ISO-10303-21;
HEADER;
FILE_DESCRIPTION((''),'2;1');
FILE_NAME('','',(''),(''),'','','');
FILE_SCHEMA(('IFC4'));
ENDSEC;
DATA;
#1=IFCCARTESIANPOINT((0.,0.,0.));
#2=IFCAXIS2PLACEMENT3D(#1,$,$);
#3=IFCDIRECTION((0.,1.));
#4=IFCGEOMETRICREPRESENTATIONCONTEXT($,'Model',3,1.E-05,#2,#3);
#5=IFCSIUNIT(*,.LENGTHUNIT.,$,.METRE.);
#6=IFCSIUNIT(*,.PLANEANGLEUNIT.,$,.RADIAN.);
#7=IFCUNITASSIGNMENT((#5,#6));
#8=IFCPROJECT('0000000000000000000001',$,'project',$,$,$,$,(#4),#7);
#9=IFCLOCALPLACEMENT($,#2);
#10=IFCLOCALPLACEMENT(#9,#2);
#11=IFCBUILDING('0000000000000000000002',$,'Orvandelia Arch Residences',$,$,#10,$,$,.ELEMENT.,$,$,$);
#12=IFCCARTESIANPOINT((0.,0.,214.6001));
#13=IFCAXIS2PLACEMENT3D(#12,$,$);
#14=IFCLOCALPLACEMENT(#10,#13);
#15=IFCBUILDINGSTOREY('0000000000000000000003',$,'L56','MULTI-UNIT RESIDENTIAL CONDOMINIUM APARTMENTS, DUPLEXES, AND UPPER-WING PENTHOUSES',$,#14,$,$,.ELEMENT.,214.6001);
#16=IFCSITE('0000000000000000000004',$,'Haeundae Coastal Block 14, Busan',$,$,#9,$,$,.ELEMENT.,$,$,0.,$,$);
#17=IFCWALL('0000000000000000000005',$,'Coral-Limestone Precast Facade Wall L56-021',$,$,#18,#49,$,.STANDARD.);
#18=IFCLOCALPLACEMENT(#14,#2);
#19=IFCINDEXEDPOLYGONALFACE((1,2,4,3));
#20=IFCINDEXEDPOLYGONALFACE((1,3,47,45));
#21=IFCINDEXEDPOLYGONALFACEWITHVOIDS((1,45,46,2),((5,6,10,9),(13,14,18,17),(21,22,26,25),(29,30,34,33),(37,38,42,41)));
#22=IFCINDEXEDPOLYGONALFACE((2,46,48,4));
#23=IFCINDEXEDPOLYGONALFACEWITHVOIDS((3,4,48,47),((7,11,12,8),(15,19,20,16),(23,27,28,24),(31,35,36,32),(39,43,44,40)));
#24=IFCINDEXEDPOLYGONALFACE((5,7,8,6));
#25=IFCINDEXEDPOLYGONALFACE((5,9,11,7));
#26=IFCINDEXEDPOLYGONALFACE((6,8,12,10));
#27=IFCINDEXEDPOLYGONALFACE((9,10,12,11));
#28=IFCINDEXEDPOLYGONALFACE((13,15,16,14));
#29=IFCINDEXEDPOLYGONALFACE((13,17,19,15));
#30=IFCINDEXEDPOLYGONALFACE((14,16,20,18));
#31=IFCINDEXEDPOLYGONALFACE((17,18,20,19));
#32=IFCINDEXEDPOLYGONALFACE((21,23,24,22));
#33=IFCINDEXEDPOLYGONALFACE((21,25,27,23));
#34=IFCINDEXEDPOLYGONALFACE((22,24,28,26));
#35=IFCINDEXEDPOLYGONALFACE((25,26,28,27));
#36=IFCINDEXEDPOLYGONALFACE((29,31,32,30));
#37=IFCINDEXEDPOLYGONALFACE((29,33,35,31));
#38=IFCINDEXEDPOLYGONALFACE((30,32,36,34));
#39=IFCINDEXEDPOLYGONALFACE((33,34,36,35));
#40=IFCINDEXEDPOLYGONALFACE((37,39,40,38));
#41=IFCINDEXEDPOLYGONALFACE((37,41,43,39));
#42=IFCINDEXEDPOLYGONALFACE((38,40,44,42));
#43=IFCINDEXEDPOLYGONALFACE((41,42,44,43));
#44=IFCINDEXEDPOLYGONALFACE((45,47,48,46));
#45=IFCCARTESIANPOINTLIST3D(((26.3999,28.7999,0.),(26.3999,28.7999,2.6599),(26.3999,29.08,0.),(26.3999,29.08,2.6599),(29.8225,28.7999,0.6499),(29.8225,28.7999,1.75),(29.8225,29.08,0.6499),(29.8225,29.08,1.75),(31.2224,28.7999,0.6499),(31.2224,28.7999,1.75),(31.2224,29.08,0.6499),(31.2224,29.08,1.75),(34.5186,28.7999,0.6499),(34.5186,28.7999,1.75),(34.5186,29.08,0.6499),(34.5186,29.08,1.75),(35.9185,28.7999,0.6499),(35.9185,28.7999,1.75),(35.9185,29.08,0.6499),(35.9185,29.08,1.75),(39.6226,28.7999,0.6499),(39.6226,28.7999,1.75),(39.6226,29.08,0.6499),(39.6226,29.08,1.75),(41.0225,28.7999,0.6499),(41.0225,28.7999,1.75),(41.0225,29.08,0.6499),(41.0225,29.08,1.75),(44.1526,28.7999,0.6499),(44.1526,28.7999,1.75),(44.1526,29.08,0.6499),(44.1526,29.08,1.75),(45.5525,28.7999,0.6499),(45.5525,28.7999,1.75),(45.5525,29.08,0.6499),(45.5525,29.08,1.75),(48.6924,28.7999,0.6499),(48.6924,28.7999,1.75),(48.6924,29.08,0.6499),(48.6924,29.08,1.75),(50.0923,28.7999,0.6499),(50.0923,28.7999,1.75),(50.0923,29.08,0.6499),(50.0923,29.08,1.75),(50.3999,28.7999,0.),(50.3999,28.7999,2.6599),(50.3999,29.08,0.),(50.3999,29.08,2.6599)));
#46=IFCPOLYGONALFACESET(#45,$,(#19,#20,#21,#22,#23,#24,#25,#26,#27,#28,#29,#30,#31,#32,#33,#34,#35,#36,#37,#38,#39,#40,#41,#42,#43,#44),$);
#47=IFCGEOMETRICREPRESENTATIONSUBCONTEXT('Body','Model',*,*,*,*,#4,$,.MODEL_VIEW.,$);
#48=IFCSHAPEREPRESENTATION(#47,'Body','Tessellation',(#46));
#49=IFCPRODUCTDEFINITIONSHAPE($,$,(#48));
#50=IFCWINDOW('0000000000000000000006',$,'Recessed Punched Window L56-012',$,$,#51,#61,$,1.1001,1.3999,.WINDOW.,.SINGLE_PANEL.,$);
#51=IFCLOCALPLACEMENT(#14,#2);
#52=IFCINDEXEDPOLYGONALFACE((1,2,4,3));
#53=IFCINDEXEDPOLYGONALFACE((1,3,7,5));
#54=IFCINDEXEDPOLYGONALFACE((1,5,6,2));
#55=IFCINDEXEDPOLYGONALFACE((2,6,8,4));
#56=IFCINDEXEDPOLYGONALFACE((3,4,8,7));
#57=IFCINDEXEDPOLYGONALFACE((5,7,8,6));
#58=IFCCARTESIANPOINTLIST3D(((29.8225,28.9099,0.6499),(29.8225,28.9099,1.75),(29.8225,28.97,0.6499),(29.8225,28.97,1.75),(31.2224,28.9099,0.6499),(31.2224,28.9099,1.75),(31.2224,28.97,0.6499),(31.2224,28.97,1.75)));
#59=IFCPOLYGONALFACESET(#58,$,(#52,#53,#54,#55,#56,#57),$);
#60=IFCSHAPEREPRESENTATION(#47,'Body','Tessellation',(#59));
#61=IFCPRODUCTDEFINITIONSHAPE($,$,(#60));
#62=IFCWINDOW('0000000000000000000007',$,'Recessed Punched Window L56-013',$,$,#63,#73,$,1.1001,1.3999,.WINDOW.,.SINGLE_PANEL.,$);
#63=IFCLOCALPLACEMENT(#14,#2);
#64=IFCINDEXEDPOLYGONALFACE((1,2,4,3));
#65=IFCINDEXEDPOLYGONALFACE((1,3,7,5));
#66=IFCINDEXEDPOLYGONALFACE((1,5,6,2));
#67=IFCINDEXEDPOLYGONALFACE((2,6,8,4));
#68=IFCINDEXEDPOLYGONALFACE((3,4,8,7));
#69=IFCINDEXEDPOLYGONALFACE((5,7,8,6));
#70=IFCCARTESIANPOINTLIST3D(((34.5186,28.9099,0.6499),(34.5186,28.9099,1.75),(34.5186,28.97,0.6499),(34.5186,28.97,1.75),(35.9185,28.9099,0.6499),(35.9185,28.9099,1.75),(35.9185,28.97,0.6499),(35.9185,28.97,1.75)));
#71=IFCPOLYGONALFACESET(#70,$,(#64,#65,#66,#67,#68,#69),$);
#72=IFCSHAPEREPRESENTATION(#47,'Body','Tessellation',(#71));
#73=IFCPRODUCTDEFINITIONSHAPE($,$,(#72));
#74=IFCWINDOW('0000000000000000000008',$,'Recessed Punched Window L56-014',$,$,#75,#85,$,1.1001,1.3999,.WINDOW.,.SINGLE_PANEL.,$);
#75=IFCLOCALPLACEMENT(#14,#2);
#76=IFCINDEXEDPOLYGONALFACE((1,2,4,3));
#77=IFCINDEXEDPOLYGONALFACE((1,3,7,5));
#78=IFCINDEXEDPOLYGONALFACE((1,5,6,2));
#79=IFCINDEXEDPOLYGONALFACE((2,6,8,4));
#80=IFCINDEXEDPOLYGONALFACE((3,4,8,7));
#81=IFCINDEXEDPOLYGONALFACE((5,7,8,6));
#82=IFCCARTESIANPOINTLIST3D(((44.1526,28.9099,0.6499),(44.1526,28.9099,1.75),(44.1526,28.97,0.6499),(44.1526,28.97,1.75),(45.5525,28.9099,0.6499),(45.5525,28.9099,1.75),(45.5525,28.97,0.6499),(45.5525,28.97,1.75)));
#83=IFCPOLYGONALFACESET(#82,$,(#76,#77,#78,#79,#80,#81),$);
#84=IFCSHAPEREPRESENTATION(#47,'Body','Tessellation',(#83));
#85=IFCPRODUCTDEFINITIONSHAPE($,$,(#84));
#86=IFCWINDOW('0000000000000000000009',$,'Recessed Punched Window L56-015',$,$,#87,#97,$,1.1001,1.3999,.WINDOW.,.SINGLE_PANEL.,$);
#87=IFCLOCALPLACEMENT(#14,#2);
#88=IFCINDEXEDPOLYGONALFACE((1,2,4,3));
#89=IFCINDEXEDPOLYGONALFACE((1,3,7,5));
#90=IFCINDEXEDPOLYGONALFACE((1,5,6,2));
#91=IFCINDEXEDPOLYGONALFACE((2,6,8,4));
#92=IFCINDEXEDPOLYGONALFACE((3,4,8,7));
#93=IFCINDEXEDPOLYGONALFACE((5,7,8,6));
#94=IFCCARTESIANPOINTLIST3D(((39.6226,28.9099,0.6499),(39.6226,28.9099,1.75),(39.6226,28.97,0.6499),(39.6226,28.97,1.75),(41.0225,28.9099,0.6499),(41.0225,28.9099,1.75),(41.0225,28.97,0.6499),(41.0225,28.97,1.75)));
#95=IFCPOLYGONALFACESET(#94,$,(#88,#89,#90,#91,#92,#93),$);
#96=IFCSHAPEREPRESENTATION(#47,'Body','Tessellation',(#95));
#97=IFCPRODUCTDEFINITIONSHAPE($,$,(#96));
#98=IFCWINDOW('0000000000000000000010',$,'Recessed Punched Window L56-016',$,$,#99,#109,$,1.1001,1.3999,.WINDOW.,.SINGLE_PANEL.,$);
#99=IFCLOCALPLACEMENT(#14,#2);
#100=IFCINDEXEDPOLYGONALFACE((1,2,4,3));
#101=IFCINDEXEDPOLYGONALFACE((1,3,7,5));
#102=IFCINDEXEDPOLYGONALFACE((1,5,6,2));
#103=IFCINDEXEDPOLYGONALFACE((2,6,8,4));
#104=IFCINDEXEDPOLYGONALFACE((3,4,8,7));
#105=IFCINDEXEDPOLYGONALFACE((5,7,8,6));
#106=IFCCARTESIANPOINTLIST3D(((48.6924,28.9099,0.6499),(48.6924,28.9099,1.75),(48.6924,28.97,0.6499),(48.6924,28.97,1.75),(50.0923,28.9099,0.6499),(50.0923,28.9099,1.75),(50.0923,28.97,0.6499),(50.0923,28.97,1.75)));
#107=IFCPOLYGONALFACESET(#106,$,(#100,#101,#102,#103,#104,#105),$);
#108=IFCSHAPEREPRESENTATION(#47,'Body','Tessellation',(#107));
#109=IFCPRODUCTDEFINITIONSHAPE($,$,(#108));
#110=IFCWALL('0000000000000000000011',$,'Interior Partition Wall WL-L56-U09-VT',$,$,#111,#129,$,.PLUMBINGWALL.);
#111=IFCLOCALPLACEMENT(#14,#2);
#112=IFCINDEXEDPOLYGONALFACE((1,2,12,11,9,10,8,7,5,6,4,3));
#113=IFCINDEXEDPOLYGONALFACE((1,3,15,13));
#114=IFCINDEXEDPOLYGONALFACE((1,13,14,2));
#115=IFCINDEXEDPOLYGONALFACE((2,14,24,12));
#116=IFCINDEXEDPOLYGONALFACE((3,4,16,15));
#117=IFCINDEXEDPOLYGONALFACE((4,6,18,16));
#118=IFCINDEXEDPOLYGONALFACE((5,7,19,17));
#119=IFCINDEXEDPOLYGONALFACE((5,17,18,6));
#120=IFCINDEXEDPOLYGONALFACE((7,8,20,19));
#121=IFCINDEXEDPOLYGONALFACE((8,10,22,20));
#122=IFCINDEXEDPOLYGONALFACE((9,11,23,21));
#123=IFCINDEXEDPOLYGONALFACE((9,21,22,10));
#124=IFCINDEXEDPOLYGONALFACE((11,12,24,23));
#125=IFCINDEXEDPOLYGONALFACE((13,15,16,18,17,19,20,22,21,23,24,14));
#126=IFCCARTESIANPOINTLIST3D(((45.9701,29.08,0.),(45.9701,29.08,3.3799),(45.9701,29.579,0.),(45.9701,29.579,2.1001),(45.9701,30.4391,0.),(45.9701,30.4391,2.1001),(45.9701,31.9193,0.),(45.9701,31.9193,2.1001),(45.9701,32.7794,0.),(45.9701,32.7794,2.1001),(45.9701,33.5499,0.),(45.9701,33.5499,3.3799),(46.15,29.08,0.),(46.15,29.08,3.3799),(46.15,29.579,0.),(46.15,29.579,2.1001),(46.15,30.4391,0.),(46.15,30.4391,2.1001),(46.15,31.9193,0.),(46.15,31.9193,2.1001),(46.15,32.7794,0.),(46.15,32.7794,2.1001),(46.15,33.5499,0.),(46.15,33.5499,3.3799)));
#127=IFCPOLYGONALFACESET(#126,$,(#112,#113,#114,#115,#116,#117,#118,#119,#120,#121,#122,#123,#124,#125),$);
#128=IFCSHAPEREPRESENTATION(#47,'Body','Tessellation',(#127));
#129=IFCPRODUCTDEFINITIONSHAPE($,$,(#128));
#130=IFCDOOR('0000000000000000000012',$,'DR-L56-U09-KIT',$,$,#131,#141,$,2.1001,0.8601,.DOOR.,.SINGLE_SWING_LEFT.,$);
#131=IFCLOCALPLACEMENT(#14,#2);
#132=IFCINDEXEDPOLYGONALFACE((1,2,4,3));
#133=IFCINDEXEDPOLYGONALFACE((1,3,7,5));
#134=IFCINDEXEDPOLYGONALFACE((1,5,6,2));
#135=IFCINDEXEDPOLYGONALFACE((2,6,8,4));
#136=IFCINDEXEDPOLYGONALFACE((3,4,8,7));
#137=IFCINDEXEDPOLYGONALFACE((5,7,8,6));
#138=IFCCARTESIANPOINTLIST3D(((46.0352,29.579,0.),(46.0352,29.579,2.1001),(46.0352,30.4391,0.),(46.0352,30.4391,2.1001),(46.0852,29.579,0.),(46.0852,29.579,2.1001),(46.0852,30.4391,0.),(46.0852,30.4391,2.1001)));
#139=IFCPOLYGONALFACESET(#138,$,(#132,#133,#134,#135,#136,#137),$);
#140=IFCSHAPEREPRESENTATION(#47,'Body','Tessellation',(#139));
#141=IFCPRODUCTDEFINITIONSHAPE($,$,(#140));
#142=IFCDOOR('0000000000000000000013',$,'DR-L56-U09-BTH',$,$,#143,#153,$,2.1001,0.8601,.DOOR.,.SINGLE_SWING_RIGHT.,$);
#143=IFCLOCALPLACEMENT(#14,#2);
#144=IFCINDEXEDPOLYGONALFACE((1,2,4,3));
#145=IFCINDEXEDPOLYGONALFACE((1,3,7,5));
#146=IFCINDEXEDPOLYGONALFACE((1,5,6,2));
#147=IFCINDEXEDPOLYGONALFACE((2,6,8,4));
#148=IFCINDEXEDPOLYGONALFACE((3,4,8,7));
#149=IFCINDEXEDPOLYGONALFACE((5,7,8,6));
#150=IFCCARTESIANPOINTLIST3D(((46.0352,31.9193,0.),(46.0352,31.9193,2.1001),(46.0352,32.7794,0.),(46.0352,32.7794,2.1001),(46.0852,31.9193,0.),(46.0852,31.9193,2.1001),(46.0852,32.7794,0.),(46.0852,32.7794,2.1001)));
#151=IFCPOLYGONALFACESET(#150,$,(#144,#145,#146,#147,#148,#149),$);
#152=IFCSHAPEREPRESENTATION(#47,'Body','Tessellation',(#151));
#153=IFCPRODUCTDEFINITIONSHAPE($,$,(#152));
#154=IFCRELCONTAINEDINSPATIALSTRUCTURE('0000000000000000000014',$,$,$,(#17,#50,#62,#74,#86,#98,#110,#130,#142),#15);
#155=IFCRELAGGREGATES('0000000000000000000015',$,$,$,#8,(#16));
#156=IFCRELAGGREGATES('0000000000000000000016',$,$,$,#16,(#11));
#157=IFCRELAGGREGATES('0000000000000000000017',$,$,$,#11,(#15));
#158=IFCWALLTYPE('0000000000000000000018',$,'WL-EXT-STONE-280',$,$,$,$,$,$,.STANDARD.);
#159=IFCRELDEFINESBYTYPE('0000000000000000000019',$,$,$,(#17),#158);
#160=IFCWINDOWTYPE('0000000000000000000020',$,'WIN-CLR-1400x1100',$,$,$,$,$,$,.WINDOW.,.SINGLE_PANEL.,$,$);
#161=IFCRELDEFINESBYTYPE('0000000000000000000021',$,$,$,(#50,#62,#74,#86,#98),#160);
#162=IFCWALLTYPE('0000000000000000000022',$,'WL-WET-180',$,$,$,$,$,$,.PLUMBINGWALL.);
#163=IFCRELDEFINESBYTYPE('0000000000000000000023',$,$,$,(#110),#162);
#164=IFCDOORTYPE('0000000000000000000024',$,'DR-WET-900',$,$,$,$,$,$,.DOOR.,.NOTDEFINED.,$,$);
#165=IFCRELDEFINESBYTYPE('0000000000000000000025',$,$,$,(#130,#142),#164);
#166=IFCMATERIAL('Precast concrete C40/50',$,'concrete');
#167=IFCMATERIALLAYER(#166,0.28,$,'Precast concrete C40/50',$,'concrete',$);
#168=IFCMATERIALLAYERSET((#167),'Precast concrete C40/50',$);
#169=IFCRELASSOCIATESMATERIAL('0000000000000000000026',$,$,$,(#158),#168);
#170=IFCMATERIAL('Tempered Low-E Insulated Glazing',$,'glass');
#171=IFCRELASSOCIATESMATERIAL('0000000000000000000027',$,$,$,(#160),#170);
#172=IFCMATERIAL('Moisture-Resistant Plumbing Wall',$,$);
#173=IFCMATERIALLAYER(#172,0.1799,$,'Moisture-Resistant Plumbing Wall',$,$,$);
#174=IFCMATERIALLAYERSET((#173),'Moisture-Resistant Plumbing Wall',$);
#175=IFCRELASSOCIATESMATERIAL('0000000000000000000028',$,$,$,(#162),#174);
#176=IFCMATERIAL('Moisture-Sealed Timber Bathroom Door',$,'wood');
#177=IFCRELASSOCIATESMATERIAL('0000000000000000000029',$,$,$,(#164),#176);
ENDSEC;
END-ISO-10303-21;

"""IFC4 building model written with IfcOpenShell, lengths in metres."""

from ifc_helpers import new_model, si_unit, direction, frame, frame_2d, origin, place, context, subcontext, project, spatial, rectangle, extrude, material, layer, layer_set, type_object, element, fill, save


model = new_model("IFC4")

# Units and contexts
model_context = context("Model", 3, precision=1e-05, world=origin(), true_north=direction((0.0, 1.0)))
body_context = subcontext(model_context, "Body", "Model", "MODEL_VIEW")
ifc_project = project(units=[si_unit("LENGTHUNIT", "METRE"), si_unit("PLANEANGLEUNIT", "RADIAN")], contexts=[model_context])

# Site, building, storey
site_placement = place(None, origin())
site = spatial("IfcSite", under=ifc_project, at=site_placement, Name="Haeundae Coastal Block 14, Busan", CompositionType="ELEMENT", RefElevation=0.0)
building_placement = place(site_placement, origin())
building = spatial("IfcBuilding", under=site, at=building_placement, Name="Orvandelia Arch Residences", CompositionType="ELEMENT")
storey_placement = place(building_placement, frame((0.0, 0.0, 214.6001)))
storey = spatial("IfcBuildingStorey", under=building, at=storey_placement, Name="L56", Description="MULTI-UNIT RESIDENTIAL CONDOMINIUM APARTMENTS, DUPLEXES, AND UPPER-WING PENTHOUSES", CompositionType="ELEMENT", Elevation=214.6001)

# Shared definitions
ifc_material_1 = material(Name="Precast concrete C40/50", Category="concrete")
ifc_layer_1 = layer(ifc_material_1, 0.28, Name="Precast concrete C40/50", Category="concrete")
ifc_layer_set_1 = layer_set([ifc_layer_1], Name="Precast concrete C40/50")
wall_type_1 = type_object("IfcWallType", Name="WL-EXT-STONE-280", PredefinedType="STANDARD", material=ifc_layer_set_1)

# Wall, openings, windows
wall_1_placement = place(storey_placement, frame((50.3999, 28.9399, 0.0), z_axis=(0.0, 0.0, 1.0), x_axis=(-1.0, 0.0, 0.0)))
wall_1 = element("IfcWall", 1, at=wall_1_placement, inside=storey, type_object=wall_type_1, Name="Coral-Limestone Precast Facade Wall L56-021", PredefinedType="STANDARD", context=body_context, shape_type="SweptSolid", body=[
    extrude(rectangle(XDim=24.0, YDim=0.28, at=frame_2d((12.0, 0.0))), origin(), (0.0, 0.0, 1.0), 2.6599),
])
opening_1_placement = place(wall_1_placement, frame((19.1775, 0.0, 0.6499)))
opening_1 = element("IfcOpeningElement", 2, at=opening_1_placement, cuts=wall_1, PredefinedType="OPENING", context=body_context, shape_type="SweptSolid", body=[
    extrude(rectangle(XDim=1.3999, YDim=1.1001, at=frame_2d((0.7, 0.55))), frame((0.0, 0.1499, 0.0), z_axis=(0.0, -1.0, 0.0), x_axis=(1.0, 0.0, 0.0)), (0.0, 0.0, 1.0), 0.3),
])
opening_2_placement = place(wall_1_placement, frame((14.4814, 0.0, 0.6499)))
opening_2 = element("IfcOpeningElement", 3, at=opening_2_placement, cuts=wall_1, PredefinedType="OPENING", context=body_context, shape_type="SweptSolid", body=[
    extrude(rectangle(XDim=1.3999, YDim=1.1001, at=frame_2d((0.7, 0.55))), frame((0.0, 0.1499, 0.0), z_axis=(0.0, -1.0, 0.0), x_axis=(1.0, 0.0, 0.0)), (0.0, 0.0, 1.0), 0.3),
])
opening_3_placement = place(wall_1_placement, frame((4.8474, 0.0, 0.6499)))
opening_3 = element("IfcOpeningElement", 4, at=opening_3_placement, cuts=wall_1, PredefinedType="OPENING", context=body_context, shape_type="SweptSolid", body=[
    extrude(rectangle(XDim=1.3999, YDim=1.1001, at=frame_2d((0.7, 0.55))), frame((0.0, 0.1499, 0.0), z_axis=(0.0, -1.0, 0.0), x_axis=(1.0, 0.0, 0.0)), (0.0, 0.0, 1.0), 0.3),
])
opening_4_placement = place(wall_1_placement, frame((9.3774, 0.0, 0.6499)))
opening_4 = element("IfcOpeningElement", 5, at=opening_4_placement, cuts=wall_1, PredefinedType="OPENING", context=body_context, shape_type="SweptSolid", body=[
    extrude(rectangle(XDim=1.3999, YDim=1.1001, at=frame_2d((0.7, 0.55))), frame((0.0, 0.1499, 0.0), z_axis=(0.0, -1.0, 0.0), x_axis=(1.0, 0.0, 0.0)), (0.0, 0.0, 1.0), 0.3),
])
opening_5_placement = place(wall_1_placement, frame((0.3076, 0.0, 0.6499)))
opening_5 = element("IfcOpeningElement", 6, at=opening_5_placement, cuts=wall_1, PredefinedType="OPENING", context=body_context, shape_type="SweptSolid", body=[
    extrude(rectangle(XDim=1.3999, YDim=1.1001, at=frame_2d((0.7, 0.55))), frame((0.0, 0.1499, 0.0), z_axis=(0.0, -1.0, 0.0), x_axis=(1.0, 0.0, 0.0)), (0.0, 0.0, 1.0), 0.3),
])
ifc_material_2 = material(Name="Tempered Low-E Insulated Glazing", Category="glass")
window_type = type_object("IfcWindowType", Name="WIN-CLR-1400x1100", PartitioningType="SINGLE_PANEL", PredefinedType="WINDOW", material=ifc_material_2)
window_1_placement = place(opening_1_placement, origin())
window_1 = element("IfcWindow", 7, at=window_1_placement, inside=storey, type_object=window_type, Name="Recessed Punched Window L56-012", OverallHeight=1.1001, OverallWidth=1.3999, PartitioningType="SINGLE_PANEL", PredefinedType="WINDOW", context=body_context, shape_type="SweptSolid", body=[
    extrude(rectangle(XDim=1.3999, YDim=1.1001, at=frame_2d((0.7, 0.55))), frame((0.0, 0.03, 0.0), z_axis=(0.0, -1.0, 0.0), x_axis=(1.0, 0.0, 0.0)), (0.0, 0.0, 1.0), 0.0601),
])
fill(opening_1, window_1)
window_2_placement = place(opening_2_placement, origin())
window_2 = element("IfcWindow", 8, at=window_2_placement, inside=storey, type_object=window_type, Name="Recessed Punched Window L56-013", OverallHeight=1.1001, OverallWidth=1.3999, PartitioningType="SINGLE_PANEL", PredefinedType="WINDOW", context=body_context, shape_type="SweptSolid", body=[
    extrude(rectangle(XDim=1.3999, YDim=1.1001, at=frame_2d((0.7, 0.55))), frame((0.0, 0.03, 0.0), z_axis=(0.0, -1.0, 0.0), x_axis=(1.0, 0.0, 0.0)), (0.0, 0.0, 1.0), 0.0601),
])
fill(opening_2, window_2)
window_3_placement = place(opening_3_placement, origin())
window_3 = element("IfcWindow", 9, at=window_3_placement, inside=storey, type_object=window_type, Name="Recessed Punched Window L56-014", OverallHeight=1.1001, OverallWidth=1.3999, PartitioningType="SINGLE_PANEL", PredefinedType="WINDOW", context=body_context, shape_type="SweptSolid", body=[
    extrude(rectangle(XDim=1.3999, YDim=1.1001, at=frame_2d((0.7, 0.55))), frame((0.0, 0.03, 0.0), z_axis=(0.0, -1.0, 0.0), x_axis=(1.0, 0.0, 0.0)), (0.0, 0.0, 1.0), 0.0601),
])
fill(opening_3, window_3)
window_4_placement = place(opening_4_placement, origin())
window_4 = element("IfcWindow", 10, at=window_4_placement, inside=storey, type_object=window_type, Name="Recessed Punched Window L56-015", OverallHeight=1.1001, OverallWidth=1.3999, PartitioningType="SINGLE_PANEL", PredefinedType="WINDOW", context=body_context, shape_type="SweptSolid", body=[
    extrude(rectangle(XDim=1.3999, YDim=1.1001, at=frame_2d((0.7, 0.55))), frame((0.0, 0.03, 0.0), z_axis=(0.0, -1.0, 0.0), x_axis=(1.0, 0.0, 0.0)), (0.0, 0.0, 1.0), 0.0601),
])
fill(opening_4, window_4)
window_5_placement = place(opening_5_placement, origin())
window_5 = element("IfcWindow", 11, at=window_5_placement, inside=storey, type_object=window_type, Name="Recessed Punched Window L56-016", OverallHeight=1.1001, OverallWidth=1.3999, PartitioningType="SINGLE_PANEL", PredefinedType="WINDOW", context=body_context, shape_type="SweptSolid", body=[
    extrude(rectangle(XDim=1.3999, YDim=1.1001, at=frame_2d((0.7, 0.55))), frame((0.0, 0.03, 0.0), z_axis=(0.0, -1.0, 0.0), x_axis=(1.0, 0.0, 0.0)), (0.0, 0.0, 1.0), 0.0601),
])
fill(opening_5, window_5)

# Wall, openings, doors
ifc_material_3 = material(Name="Moisture-Resistant Plumbing Wall")
ifc_layer_2 = layer(ifc_material_3, 0.1799, Name="Moisture-Resistant Plumbing Wall")
ifc_layer_set_2 = layer_set([ifc_layer_2], Name="Moisture-Resistant Plumbing Wall")
wall_type_2 = type_object("IfcWallType", Name="WL-WET-180", PredefinedType="PLUMBINGWALL", material=ifc_layer_set_2)
wall_2_placement = place(storey_placement, frame((46.0601, 29.0801, 0.0), z_axis=(0.0, 0.0, 1.0), x_axis=(0.0, 1.0, 0.0)))
wall_2 = element("IfcWall", 12, at=wall_2_placement, inside=storey, type_object=wall_type_2, Name="Interior Partition Wall WL-L56-U09-VT", PredefinedType="PLUMBINGWALL", context=body_context, shape_type="SweptSolid", body=[
    extrude(rectangle(XDim=4.47, YDim=0.1799, at=frame_2d((2.2349, 0.0))), origin(), (0.0, 0.0, 1.0), 3.3799),
])
opening_6_placement = place(wall_2_placement, frame((0.4988, 0.0, 0.0)))
opening_6 = element("IfcOpeningElement", 13, at=opening_6_placement, cuts=wall_2, PredefinedType="OPENING", context=body_context, shape_type="SweptSolid", body=[
    extrude(rectangle(XDim=0.8601, YDim=2.1001, at=frame_2d((0.4302, 1.05))), frame((0.0, 0.1001, 0.0), z_axis=(0.0, -1.0, 0.0), x_axis=(1.0, 0.0, 0.0)), (0.0, 0.0, 1.0), 0.2),
])
opening_7_placement = place(wall_2_placement, frame((2.8391, 0.0, 0.0)))
opening_7 = element("IfcOpeningElement", 14, at=opening_7_placement, cuts=wall_2, PredefinedType="OPENING", context=body_context, shape_type="SweptSolid", body=[
    extrude(rectangle(XDim=0.8601, YDim=2.1001, at=frame_2d((0.4302, 1.05))), frame((0.0, 0.1001, 0.0), z_axis=(0.0, -1.0, 0.0), x_axis=(1.0, 0.0, 0.0)), (0.0, 0.0, 1.0), 0.2),
])
ifc_material_4 = material(Name="Moisture-Sealed Timber Bathroom Door", Category="wood")
door_type = type_object("IfcDoorType", Name="DR-WET-900", OperationType="NOTDEFINED", PredefinedType="DOOR", material=ifc_material_4)
door_1_placement = place(opening_6_placement, origin())
door_1 = element("IfcDoor", 15, at=door_1_placement, inside=storey, type_object=door_type, Name="DR-L56-U09-KIT", OperationType="SINGLE_SWING_LEFT", OverallHeight=2.1001, OverallWidth=0.8601, PredefinedType="DOOR", context=body_context, shape_type="SweptSolid", body=[
    extrude(rectangle(XDim=0.8601, YDim=2.1001, at=frame_2d((0.4302, 1.05))), frame((0.0, 0.0249, 0.0), z_axis=(0.0, -1.0, 0.0), x_axis=(1.0, 0.0, 0.0)), (0.0, 0.0, 1.0), 0.05),
])
fill(opening_6, door_1)
door_2_placement = place(opening_7_placement, origin())
door_2 = element("IfcDoor", 16, at=door_2_placement, inside=storey, type_object=door_type, Name="DR-L56-U09-BTH", OperationType="SINGLE_SWING_RIGHT", OverallHeight=2.1001, OverallWidth=0.8601, PredefinedType="DOOR", context=body_context, shape_type="SweptSolid", body=[
    extrude(rectangle(XDim=0.8601, YDim=2.1001, at=frame_2d((0.4302, 1.05))), frame((0.0, 0.0249, 0.0), z_axis=(0.0, -1.0, 0.0), x_axis=(1.0, 0.0, 0.0)), (0.0, 0.0, 1.0), 0.05),
])
fill(opening_7, door_2)

save(model, "model.ifc")
